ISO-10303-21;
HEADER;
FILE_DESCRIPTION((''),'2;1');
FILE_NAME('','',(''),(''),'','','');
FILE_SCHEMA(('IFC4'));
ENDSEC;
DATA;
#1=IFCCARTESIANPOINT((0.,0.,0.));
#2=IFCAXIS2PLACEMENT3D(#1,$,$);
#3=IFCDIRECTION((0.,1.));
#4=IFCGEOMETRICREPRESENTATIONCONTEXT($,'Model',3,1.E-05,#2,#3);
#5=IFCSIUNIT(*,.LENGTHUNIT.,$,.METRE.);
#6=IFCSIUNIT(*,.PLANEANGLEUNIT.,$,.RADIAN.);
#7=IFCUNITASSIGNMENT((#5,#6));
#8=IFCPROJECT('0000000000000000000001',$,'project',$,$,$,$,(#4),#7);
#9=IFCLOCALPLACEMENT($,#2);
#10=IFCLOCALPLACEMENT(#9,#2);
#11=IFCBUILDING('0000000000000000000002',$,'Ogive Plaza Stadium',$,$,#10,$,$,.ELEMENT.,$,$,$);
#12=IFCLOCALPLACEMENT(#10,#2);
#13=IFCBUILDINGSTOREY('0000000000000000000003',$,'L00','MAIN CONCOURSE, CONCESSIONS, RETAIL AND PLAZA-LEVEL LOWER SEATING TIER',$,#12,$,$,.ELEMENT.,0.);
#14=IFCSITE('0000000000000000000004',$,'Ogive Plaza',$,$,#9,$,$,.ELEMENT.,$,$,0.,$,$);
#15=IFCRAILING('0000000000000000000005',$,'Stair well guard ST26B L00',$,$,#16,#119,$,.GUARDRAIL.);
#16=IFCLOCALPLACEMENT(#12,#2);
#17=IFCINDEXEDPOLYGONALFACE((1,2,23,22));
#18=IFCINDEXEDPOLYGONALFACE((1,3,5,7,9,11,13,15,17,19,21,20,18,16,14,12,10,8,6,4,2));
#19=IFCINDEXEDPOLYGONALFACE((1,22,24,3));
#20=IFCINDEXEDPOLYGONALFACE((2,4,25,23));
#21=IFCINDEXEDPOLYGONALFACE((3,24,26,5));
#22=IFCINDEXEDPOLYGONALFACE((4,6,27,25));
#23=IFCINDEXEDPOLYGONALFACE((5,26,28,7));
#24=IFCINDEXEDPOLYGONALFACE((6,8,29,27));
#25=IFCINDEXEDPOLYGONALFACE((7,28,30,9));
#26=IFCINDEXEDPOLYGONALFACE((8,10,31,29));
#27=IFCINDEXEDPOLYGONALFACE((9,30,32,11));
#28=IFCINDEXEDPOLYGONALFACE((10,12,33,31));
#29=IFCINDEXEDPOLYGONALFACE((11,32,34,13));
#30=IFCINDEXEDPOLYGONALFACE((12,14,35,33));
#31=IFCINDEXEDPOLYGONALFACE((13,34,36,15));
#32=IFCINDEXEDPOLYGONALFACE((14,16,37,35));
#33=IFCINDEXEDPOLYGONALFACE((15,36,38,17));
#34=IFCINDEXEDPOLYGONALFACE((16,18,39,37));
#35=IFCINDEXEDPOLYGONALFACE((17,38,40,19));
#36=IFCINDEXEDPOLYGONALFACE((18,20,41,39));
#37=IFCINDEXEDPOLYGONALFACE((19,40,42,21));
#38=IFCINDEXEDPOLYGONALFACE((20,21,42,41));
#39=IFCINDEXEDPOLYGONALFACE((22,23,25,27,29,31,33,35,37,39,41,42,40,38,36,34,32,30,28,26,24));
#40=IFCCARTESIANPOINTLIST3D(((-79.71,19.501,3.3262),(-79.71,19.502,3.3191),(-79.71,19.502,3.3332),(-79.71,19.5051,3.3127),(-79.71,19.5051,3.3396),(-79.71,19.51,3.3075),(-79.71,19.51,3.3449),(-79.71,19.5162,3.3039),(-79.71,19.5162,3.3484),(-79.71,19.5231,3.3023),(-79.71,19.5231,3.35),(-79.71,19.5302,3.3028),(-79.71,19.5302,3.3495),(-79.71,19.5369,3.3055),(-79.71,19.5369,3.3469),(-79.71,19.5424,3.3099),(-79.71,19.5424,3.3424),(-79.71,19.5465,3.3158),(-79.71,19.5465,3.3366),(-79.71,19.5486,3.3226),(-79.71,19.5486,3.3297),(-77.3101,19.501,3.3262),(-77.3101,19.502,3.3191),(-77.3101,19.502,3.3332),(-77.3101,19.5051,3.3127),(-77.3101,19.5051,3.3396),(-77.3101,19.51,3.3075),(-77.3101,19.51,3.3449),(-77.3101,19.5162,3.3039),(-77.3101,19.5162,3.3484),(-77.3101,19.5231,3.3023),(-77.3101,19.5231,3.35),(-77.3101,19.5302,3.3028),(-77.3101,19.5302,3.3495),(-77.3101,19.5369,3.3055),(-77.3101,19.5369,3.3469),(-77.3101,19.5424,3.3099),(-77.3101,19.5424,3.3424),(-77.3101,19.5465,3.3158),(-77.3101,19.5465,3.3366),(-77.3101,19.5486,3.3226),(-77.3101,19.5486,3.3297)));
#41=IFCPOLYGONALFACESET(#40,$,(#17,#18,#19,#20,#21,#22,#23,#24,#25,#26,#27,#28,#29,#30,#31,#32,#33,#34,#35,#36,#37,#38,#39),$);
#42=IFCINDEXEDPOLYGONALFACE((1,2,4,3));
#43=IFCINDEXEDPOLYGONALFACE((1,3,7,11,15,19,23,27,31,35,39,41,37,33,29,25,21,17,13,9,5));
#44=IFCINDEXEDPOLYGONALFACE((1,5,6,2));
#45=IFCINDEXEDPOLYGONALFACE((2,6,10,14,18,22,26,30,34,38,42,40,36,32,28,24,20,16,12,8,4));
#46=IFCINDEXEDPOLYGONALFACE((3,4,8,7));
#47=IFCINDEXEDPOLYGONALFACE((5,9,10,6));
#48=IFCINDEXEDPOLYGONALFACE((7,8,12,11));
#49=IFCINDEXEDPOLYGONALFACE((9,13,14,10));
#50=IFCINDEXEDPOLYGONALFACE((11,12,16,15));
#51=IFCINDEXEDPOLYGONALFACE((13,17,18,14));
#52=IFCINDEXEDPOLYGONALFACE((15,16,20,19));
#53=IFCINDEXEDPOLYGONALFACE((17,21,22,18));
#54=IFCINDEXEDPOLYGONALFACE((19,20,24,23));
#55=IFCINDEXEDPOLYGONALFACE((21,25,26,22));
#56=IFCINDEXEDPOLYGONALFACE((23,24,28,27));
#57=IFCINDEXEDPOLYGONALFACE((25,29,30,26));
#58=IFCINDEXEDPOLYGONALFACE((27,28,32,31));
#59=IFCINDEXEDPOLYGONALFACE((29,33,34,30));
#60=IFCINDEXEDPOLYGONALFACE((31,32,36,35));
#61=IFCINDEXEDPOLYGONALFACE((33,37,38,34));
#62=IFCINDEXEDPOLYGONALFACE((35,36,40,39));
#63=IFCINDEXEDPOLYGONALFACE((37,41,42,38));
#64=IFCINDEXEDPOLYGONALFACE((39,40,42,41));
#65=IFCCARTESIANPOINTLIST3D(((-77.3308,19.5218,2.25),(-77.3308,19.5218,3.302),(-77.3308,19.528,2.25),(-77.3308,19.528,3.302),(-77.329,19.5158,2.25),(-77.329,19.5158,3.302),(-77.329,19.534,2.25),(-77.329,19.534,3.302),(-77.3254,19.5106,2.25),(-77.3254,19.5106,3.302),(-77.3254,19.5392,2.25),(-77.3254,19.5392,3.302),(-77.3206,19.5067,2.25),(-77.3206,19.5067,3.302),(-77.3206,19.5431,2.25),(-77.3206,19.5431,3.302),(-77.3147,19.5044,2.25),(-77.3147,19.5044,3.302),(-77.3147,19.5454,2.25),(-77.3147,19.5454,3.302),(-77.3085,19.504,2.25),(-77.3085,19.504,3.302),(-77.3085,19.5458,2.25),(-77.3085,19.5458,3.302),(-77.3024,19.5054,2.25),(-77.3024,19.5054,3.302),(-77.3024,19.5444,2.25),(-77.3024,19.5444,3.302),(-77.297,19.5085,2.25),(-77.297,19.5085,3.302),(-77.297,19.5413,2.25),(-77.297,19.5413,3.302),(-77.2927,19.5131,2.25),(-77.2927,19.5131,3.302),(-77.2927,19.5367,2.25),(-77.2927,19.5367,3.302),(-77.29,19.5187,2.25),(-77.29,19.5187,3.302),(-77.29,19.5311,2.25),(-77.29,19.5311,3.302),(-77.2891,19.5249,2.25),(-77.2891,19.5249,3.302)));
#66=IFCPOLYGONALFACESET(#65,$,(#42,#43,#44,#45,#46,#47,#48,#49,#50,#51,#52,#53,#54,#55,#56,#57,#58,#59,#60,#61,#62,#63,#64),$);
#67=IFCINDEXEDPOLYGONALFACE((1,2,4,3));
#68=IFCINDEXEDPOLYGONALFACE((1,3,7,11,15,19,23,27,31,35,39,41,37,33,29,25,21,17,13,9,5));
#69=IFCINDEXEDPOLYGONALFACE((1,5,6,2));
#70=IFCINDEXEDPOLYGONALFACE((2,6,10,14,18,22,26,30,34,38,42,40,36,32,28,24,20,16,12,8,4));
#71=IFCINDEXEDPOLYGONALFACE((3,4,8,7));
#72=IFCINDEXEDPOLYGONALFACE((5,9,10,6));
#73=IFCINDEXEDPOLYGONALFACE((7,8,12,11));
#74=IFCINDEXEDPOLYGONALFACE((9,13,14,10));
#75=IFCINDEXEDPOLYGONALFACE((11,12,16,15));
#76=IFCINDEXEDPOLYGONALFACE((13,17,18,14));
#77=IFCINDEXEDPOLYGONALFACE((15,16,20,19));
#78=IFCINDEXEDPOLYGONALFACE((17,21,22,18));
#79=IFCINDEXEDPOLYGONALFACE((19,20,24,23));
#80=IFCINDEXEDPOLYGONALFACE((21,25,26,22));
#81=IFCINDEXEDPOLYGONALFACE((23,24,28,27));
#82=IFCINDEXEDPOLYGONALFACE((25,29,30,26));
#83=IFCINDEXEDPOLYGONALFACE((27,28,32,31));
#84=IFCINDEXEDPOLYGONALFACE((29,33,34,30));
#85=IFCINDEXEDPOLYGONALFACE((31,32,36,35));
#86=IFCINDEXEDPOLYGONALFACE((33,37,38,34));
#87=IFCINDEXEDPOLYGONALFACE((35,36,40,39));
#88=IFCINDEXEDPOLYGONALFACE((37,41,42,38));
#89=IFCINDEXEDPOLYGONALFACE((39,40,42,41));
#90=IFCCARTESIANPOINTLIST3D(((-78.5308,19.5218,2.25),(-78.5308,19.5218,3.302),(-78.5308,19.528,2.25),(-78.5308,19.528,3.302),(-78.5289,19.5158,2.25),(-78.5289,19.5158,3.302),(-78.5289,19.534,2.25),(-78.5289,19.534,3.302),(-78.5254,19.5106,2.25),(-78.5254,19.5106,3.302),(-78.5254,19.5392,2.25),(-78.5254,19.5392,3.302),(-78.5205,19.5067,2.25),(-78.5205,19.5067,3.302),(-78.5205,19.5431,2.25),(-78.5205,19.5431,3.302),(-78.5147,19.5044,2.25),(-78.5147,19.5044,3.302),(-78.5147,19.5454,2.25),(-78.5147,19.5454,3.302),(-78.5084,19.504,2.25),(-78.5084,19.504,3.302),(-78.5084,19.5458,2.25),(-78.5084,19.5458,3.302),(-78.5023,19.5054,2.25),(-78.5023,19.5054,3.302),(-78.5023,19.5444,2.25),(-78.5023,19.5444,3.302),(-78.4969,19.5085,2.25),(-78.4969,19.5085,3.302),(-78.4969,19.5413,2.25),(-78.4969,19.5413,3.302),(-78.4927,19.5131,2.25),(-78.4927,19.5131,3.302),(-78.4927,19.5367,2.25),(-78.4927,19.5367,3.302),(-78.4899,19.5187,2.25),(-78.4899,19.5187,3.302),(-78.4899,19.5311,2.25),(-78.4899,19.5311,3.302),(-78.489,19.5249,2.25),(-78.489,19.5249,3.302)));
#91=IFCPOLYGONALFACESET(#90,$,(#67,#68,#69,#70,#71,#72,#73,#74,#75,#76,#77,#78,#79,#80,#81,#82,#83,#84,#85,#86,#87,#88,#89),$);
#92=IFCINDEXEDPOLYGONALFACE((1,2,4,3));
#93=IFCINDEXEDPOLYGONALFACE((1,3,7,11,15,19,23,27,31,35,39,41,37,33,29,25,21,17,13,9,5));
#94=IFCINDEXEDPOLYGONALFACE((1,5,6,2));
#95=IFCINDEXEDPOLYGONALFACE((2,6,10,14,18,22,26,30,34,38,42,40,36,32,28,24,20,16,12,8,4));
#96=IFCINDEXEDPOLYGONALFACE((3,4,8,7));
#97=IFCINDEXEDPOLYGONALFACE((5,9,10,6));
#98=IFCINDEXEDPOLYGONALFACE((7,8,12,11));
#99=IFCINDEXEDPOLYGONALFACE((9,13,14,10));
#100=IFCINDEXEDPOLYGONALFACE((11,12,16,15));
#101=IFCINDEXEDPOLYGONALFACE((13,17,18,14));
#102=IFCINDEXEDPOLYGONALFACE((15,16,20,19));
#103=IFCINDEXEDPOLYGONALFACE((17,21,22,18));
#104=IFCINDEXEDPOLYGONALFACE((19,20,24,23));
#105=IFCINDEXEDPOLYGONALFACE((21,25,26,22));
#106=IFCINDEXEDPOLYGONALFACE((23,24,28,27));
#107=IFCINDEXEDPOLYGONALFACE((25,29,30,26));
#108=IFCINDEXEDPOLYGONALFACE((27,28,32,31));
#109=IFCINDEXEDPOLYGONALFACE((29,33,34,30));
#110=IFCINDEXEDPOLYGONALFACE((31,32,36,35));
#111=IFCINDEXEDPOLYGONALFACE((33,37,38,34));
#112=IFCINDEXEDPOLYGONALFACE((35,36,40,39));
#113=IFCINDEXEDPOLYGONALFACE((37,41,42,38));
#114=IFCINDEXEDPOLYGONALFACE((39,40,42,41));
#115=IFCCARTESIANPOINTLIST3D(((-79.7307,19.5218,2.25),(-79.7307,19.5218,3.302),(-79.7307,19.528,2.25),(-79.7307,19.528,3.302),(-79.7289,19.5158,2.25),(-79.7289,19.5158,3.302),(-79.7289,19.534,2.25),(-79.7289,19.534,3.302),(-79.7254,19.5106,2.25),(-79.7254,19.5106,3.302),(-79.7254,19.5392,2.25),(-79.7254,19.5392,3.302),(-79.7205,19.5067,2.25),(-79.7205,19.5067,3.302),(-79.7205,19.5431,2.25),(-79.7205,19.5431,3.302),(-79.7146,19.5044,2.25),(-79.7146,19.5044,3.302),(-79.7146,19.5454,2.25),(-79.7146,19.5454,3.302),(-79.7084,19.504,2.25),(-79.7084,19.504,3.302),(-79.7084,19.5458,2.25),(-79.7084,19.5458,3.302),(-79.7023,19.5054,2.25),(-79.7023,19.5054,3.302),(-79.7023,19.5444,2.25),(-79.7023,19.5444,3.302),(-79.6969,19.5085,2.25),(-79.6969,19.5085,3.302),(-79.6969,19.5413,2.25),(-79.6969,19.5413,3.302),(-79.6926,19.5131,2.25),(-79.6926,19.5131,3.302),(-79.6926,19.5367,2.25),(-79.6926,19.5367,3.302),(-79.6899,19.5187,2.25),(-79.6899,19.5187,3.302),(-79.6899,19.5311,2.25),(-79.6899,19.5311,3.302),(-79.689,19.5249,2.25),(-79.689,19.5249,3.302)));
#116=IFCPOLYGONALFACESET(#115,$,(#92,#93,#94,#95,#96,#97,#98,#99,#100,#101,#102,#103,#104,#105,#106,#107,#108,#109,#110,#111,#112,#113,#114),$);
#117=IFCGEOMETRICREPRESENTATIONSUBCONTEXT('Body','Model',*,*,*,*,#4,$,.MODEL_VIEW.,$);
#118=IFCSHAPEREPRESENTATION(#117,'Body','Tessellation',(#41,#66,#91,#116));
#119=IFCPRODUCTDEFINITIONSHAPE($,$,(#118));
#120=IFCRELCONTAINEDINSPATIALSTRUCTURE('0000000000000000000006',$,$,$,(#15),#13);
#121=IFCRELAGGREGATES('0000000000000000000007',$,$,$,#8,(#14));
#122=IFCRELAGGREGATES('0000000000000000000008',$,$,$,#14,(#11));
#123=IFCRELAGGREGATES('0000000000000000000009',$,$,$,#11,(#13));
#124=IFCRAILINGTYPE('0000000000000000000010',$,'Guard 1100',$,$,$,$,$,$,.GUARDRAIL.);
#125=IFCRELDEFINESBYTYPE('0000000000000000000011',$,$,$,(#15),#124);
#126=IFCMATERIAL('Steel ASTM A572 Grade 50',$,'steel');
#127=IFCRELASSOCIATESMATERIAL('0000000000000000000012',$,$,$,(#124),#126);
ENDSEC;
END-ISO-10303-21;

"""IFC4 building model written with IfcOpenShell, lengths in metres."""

from ifc_helpers import new_model, si_unit, direction, frame, origin, origin_2d, place, context, subcontext, project, spatial, circle, extrude, material, type_object, element, save


model = new_model("IFC4")

# Units and contexts
model_context = context("Model", 3, precision=1e-05, world=origin(), true_north=direction((0.0, 1.0)))
body_context = subcontext(model_context, "Body", "Model", "MODEL_VIEW")
ifc_project = project(units=[si_unit("LENGTHUNIT", "METRE"), si_unit("PLANEANGLEUNIT", "RADIAN")], contexts=[model_context])

# Site, building, storey
site_placement = place(None, origin())
site = spatial("IfcSite", under=ifc_project, at=site_placement, Name="Ogive Plaza", CompositionType="ELEMENT", RefElevation=0.0)
building_placement = place(site_placement, origin())
building = spatial("IfcBuilding", under=site, at=building_placement, Name="Ogive Plaza Stadium", CompositionType="ELEMENT")
storey_placement = place(building_placement, origin())
storey = spatial("IfcBuildingStorey", under=building, at=storey_placement, Name="L00", Description="MAIN CONCOURSE, CONCESSIONS, RETAIL AND PLAZA-LEVEL LOWER SEATING TIER", CompositionType="ELEMENT", Elevation=0.0)

# Railing
ifc_material_1 = material(Name="Steel ASTM A572 Grade 50", Category="steel")
railing_type_1 = type_object("IfcRailingType", Name="Guard 1100", PredefinedType="GUARDRAIL", material=ifc_material_1)
for number, where, name in (
    (1, (-77.3101, 19.5249, 2.25), "Stair well guard ST26B L00"),
):
    element("IfcRailing", number, at=place(storey_placement, frame(where)), inside=storey, type_object=railing_type_1, Name=name, PredefinedType="GUARDRAIL", context=body_context, shape_type="SweptSolid", body=[
        extrude(circle(Radius=0.0239, at=origin_2d()), frame((0.0, 0.0, 1.0762), z_axis=(-1.0, 0.0, 0.0), x_axis=(0.0, -1.0, 0.0)), (0.0, 0.0, 1.0), 2.3999),
        extrude(circle(Radius=0.021, at=origin_2d()), origin(), (0.0, 0.0, 1.0), 1.052),
        extrude(circle(Radius=0.021, at=origin_2d()), frame((-1.2, 0.0, 0.0)), (0.0, 0.0, 1.0), 1.052),
        extrude(circle(Radius=0.021, at=origin_2d()), frame((-2.3999, 0.0, 0.0)), (0.0, 0.0, 1.0), 1.052),
    ])

save(model, "model.ifc")
